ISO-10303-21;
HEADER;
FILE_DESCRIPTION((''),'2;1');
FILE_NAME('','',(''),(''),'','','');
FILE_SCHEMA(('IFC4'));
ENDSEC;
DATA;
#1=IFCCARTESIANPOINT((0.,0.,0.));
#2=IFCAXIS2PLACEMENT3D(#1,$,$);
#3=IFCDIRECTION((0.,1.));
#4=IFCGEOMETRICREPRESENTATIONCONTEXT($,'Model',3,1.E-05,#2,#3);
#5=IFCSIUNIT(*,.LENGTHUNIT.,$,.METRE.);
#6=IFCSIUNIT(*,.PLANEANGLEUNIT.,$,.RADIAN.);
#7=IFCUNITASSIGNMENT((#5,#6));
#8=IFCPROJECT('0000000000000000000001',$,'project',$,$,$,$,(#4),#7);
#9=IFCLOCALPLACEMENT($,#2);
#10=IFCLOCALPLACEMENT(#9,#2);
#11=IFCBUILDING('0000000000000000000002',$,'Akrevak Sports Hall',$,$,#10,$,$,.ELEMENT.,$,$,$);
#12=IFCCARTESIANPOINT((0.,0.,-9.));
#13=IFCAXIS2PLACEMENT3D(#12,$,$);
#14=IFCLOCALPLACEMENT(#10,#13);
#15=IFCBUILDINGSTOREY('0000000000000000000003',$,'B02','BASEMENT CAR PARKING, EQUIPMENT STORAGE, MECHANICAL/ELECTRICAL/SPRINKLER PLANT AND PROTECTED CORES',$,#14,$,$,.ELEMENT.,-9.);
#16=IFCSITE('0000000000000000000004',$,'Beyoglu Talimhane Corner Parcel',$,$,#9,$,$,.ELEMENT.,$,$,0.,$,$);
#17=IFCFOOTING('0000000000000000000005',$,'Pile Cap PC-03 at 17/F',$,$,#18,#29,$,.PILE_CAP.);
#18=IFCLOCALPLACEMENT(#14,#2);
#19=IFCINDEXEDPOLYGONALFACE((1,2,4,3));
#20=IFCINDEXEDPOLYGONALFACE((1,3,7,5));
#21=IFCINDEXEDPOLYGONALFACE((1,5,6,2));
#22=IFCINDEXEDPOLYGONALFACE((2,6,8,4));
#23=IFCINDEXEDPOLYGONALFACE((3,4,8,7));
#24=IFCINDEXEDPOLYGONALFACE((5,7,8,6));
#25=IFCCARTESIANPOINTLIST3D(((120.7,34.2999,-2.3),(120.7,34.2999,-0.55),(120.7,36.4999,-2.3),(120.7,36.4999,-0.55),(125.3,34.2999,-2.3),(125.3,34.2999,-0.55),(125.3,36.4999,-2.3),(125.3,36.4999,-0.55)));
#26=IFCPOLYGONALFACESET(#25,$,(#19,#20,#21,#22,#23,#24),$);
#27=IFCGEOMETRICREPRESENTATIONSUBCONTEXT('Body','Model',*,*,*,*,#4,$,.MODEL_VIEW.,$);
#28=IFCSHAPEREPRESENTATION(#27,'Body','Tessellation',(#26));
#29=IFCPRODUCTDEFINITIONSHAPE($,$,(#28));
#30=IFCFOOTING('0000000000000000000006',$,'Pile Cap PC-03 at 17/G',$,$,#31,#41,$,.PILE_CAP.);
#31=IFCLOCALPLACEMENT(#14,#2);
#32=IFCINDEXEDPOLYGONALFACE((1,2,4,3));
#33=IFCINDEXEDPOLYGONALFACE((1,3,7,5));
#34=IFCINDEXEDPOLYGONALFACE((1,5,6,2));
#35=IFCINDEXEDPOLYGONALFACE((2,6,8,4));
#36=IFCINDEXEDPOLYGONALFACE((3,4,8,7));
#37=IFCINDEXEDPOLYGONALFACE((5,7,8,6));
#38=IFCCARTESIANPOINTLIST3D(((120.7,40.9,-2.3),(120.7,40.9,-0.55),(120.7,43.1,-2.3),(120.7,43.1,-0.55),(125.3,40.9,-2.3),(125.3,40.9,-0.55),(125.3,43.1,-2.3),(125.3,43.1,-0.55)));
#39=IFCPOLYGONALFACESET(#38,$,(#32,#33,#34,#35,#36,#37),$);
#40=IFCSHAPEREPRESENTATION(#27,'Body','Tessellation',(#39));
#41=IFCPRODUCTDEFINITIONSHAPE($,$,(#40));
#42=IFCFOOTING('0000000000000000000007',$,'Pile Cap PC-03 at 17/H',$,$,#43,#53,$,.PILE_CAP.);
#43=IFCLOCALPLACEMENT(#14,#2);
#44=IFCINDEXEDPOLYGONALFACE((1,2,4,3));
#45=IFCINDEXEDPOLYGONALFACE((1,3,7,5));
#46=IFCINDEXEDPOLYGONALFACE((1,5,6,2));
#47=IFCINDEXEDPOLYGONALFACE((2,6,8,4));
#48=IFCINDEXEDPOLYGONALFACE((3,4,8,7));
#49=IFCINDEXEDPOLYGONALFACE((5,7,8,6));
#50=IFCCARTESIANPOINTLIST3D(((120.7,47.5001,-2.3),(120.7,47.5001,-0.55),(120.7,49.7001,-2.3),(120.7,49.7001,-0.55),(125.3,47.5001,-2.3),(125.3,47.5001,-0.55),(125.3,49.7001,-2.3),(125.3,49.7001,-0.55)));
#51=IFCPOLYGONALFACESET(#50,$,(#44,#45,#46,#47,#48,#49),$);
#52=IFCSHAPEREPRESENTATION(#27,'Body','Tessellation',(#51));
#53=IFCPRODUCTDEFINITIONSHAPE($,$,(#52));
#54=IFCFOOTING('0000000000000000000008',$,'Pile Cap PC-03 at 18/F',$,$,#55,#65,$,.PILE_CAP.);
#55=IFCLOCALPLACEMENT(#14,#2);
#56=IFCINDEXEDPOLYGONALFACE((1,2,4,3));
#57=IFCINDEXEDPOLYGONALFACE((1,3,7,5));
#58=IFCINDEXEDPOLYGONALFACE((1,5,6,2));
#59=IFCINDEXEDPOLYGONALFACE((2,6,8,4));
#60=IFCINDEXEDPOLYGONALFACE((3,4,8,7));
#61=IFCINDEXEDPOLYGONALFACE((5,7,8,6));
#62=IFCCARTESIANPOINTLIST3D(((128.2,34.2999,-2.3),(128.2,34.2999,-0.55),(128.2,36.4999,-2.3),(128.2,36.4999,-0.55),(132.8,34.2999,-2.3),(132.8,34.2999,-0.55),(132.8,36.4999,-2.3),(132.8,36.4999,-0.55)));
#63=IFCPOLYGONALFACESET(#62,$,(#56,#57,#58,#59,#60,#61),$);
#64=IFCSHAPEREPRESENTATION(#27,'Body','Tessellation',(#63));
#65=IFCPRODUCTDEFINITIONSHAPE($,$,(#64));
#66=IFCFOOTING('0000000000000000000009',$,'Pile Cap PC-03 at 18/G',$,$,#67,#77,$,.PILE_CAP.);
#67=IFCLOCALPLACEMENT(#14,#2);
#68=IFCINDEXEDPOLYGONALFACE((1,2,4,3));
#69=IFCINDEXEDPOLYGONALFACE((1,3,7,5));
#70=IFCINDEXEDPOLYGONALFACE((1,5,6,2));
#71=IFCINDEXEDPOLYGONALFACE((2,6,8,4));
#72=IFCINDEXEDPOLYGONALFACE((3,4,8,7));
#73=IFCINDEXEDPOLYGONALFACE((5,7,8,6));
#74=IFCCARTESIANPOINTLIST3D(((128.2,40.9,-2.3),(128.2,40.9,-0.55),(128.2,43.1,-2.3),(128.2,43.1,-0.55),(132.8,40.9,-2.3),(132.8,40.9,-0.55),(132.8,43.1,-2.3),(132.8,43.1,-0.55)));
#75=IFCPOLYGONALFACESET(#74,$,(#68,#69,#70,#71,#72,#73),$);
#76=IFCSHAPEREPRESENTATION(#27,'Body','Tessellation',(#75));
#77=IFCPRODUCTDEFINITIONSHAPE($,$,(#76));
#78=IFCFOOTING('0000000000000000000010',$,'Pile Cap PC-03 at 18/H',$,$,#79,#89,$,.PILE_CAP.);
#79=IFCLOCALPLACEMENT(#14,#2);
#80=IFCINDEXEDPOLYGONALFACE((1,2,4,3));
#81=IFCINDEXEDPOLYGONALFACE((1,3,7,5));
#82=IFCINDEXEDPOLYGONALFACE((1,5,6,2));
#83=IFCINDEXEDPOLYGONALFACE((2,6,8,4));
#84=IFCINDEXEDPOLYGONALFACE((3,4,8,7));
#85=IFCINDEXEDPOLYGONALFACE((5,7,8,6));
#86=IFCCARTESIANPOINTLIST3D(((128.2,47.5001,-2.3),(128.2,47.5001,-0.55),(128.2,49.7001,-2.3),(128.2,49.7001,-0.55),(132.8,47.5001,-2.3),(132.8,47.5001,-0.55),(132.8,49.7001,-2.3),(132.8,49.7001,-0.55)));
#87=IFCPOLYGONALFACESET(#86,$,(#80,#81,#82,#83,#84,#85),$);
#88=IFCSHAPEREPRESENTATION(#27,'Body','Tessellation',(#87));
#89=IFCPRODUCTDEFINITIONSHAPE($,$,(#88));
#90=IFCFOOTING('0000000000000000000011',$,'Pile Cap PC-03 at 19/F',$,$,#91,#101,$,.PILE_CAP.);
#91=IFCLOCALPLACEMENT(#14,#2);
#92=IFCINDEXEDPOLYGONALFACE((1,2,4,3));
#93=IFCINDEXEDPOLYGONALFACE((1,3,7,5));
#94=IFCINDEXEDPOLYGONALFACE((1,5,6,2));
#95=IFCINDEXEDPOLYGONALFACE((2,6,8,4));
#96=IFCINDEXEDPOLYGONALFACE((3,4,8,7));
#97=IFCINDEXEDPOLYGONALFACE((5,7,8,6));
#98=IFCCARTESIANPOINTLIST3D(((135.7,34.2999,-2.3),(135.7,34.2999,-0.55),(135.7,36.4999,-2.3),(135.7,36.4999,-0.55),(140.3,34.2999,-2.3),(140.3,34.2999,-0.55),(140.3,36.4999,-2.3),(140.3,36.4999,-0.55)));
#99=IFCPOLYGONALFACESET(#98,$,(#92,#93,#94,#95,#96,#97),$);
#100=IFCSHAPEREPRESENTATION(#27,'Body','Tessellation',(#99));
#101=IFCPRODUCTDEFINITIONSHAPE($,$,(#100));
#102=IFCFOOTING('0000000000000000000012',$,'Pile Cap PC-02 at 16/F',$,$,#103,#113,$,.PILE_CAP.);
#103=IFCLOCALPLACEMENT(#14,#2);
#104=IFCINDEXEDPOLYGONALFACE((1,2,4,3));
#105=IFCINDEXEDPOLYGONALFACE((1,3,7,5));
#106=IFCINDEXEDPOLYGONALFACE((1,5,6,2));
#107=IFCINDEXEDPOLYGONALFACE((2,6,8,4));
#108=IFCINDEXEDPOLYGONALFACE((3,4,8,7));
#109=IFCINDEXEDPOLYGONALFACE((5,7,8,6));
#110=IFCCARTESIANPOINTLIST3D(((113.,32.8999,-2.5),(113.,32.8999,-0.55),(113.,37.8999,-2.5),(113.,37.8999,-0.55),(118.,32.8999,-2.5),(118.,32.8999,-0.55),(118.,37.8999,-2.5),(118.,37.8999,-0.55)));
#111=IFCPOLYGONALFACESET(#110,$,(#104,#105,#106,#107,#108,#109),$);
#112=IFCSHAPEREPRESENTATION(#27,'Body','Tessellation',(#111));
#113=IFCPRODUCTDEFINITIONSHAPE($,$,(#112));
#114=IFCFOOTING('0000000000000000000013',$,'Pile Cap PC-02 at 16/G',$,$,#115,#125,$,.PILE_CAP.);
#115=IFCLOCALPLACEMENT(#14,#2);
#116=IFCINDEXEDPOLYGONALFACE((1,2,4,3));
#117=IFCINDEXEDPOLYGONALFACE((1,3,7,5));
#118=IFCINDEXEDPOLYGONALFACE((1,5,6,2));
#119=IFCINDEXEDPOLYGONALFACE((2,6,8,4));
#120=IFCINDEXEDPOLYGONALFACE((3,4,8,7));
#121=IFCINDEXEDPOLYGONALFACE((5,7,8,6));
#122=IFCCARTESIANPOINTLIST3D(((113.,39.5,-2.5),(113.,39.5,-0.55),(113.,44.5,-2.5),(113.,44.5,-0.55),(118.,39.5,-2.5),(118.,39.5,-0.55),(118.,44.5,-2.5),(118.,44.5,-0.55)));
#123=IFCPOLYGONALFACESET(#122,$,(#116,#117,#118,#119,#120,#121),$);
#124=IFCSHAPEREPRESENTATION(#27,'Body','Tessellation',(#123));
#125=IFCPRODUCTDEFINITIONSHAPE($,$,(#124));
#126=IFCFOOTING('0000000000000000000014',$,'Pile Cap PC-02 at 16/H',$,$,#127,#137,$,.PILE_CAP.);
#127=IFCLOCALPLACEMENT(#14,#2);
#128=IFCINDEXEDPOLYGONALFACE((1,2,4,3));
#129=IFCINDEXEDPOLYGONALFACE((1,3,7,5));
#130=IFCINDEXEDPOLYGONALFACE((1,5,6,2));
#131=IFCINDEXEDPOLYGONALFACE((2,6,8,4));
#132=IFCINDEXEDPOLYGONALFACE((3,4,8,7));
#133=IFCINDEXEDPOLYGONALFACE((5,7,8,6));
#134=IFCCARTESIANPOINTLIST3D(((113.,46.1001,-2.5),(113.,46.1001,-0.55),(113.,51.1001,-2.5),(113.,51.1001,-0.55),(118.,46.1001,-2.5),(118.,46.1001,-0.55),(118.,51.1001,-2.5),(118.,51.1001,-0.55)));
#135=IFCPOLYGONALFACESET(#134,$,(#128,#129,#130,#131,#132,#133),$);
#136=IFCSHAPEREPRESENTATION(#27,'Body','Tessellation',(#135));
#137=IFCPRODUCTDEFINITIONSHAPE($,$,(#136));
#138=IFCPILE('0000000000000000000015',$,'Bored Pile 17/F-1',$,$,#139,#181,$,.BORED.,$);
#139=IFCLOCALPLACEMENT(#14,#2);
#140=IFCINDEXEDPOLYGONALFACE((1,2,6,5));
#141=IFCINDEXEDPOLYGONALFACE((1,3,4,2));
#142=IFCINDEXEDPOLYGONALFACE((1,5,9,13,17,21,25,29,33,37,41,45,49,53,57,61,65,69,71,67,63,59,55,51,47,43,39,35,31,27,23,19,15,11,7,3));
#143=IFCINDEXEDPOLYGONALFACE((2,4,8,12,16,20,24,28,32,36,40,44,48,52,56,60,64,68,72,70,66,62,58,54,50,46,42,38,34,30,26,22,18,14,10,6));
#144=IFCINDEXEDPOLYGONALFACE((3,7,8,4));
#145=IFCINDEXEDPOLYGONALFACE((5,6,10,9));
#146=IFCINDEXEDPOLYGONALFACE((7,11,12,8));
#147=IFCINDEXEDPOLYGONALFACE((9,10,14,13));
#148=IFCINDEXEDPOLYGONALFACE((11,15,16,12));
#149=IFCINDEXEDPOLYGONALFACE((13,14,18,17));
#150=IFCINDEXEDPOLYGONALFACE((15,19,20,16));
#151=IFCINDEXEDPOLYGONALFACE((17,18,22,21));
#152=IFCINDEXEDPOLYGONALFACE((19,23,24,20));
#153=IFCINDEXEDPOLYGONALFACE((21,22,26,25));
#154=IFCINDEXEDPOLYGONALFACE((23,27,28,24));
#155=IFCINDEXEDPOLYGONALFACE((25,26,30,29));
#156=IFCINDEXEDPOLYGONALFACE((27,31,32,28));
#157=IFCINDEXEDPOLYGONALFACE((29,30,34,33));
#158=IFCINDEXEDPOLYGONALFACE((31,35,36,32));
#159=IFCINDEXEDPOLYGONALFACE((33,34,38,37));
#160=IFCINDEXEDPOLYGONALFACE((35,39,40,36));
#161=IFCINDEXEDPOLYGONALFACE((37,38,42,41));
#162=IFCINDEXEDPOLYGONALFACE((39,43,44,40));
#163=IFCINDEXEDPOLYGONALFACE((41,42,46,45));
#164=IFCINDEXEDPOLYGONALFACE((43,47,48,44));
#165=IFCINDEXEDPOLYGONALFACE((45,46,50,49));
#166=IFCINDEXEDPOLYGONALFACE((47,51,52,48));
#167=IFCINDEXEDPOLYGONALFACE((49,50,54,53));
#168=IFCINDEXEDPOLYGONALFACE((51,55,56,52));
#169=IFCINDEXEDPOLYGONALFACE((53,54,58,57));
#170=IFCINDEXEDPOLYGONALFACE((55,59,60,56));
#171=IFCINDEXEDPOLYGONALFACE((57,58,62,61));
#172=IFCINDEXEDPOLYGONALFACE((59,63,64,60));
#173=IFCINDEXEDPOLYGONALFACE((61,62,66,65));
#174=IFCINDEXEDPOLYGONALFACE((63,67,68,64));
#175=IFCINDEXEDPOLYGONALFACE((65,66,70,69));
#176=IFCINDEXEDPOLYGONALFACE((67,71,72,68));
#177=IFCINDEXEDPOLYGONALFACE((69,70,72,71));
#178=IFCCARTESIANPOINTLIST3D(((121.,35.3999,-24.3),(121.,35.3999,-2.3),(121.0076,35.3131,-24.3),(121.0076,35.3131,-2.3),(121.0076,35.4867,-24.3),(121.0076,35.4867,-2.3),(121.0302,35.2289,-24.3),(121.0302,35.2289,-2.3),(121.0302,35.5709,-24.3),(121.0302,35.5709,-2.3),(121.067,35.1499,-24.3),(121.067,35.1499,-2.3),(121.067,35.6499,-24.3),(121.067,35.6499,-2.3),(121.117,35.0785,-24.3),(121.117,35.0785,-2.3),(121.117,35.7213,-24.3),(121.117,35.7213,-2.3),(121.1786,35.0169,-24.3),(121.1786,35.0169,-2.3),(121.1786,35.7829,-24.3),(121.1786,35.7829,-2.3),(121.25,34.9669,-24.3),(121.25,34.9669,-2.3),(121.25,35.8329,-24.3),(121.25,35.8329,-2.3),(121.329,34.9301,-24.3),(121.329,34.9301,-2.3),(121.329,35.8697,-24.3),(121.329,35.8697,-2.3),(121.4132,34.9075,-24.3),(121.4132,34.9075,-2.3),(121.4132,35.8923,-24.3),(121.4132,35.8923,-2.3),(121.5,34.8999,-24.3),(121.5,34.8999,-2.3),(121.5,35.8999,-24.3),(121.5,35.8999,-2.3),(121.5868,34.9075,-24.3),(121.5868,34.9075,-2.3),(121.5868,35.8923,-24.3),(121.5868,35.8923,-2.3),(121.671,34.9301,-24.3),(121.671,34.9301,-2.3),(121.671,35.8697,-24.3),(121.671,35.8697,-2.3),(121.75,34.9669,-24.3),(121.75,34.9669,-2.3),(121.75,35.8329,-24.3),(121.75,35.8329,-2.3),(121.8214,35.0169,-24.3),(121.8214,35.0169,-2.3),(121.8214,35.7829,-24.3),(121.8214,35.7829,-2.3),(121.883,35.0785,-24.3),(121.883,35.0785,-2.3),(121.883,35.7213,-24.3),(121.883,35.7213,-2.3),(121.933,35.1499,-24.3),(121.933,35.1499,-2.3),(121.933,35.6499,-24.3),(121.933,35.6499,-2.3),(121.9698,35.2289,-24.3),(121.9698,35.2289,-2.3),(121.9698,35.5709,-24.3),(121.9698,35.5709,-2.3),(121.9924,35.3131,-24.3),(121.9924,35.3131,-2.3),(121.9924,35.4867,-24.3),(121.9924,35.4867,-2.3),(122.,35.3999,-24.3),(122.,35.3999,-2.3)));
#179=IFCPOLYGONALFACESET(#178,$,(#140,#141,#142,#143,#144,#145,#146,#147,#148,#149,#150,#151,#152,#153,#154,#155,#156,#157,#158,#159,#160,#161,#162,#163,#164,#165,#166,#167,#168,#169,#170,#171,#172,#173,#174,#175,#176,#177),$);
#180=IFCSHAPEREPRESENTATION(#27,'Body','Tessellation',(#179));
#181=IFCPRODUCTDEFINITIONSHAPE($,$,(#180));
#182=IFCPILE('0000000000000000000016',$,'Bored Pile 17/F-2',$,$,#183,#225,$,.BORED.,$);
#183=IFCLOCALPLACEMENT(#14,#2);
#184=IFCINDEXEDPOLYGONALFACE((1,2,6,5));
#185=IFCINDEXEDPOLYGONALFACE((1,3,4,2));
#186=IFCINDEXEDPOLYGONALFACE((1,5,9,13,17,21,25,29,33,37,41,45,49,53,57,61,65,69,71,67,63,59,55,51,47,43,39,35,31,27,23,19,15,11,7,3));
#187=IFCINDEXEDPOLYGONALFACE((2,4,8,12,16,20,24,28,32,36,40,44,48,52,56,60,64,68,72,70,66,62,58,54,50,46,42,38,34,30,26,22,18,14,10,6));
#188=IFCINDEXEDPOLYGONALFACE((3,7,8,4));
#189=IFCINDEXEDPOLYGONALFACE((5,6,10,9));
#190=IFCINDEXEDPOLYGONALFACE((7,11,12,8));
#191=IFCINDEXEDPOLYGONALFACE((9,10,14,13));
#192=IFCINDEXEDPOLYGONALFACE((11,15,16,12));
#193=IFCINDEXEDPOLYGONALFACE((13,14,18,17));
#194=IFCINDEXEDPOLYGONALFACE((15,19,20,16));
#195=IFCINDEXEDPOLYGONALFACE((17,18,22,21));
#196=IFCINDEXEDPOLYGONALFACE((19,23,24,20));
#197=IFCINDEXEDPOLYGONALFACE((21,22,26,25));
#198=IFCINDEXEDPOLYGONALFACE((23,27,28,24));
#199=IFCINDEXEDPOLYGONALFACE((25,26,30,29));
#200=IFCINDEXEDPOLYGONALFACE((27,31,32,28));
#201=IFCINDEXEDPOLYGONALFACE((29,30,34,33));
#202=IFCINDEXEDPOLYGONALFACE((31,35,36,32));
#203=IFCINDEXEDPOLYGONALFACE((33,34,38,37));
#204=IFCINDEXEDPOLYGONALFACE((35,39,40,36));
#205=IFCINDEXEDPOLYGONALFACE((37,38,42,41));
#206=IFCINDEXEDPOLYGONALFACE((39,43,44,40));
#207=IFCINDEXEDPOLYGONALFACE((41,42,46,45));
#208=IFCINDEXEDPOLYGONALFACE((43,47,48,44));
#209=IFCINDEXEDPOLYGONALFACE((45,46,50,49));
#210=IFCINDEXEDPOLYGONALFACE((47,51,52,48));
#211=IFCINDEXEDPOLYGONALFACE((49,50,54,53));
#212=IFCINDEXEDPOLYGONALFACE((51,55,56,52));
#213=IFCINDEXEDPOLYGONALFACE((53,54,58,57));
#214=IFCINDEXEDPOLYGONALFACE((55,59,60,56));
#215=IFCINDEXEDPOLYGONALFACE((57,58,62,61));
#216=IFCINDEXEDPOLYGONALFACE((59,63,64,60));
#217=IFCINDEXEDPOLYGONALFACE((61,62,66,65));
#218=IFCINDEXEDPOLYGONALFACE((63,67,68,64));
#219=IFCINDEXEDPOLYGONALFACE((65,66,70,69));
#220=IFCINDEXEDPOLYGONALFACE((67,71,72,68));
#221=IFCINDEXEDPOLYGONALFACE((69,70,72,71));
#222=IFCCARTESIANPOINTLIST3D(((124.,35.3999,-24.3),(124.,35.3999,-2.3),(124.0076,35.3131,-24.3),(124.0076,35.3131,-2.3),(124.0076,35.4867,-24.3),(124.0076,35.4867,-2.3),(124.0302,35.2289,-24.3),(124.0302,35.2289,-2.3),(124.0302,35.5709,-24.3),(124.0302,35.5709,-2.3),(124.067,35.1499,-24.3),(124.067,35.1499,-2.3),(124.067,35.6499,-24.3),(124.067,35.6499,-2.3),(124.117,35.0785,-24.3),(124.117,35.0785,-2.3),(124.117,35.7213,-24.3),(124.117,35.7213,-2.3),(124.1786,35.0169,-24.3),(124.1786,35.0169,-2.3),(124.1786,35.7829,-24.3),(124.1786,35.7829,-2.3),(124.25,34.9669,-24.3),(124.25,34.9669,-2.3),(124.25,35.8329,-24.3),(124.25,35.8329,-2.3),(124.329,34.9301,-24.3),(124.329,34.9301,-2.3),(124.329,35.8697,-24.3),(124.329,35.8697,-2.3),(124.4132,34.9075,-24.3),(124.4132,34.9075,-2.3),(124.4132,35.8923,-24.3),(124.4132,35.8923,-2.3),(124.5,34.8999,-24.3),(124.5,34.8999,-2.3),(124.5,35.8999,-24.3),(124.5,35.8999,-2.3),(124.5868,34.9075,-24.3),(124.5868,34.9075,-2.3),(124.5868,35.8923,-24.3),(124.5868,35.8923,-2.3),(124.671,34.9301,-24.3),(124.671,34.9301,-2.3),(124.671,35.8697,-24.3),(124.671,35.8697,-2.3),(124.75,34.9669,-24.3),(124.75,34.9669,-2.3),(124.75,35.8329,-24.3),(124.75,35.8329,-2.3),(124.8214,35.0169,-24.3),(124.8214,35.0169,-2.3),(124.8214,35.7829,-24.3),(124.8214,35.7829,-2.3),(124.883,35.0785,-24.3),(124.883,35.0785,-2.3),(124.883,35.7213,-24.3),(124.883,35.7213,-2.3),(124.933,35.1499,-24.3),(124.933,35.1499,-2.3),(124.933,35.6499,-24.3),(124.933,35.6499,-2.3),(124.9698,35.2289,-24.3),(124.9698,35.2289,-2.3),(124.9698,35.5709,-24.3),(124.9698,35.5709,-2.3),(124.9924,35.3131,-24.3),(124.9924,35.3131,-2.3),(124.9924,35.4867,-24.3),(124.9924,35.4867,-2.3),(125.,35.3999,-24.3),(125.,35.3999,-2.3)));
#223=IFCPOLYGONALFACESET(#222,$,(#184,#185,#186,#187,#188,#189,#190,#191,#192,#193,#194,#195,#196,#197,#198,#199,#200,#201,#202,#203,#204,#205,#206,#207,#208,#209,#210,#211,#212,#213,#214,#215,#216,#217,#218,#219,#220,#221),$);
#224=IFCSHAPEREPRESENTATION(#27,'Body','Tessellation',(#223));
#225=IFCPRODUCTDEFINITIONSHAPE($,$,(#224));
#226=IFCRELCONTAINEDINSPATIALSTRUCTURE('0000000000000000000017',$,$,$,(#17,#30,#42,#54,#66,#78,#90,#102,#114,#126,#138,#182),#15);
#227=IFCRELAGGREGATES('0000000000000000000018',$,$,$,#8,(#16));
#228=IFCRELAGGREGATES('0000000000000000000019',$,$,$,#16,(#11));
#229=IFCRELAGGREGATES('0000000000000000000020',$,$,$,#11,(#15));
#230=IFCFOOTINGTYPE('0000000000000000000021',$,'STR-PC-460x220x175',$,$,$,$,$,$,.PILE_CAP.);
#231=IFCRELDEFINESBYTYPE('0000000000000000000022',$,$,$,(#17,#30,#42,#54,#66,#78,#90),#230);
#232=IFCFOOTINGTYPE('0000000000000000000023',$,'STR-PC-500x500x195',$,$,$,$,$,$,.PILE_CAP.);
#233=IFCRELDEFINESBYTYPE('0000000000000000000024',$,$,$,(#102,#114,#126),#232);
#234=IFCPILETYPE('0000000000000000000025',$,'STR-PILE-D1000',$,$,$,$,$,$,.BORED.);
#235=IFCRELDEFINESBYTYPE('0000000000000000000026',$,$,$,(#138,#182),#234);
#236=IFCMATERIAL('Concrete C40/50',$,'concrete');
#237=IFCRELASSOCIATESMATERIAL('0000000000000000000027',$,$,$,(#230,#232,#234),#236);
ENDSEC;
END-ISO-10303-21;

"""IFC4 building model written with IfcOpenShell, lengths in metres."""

from ifc_helpers import new_model, si_unit, direction, frame, origin, origin_2d, place, context, subcontext, project, spatial, rectangle, circle, extrude, material, material_profile, profile_set, type_object, element, save


model = new_model("IFC4")

# Units and contexts
model_context = context("Model", 3, precision=1e-05, world=origin(), true_north=direction((0.0, 1.0)))
body_context = subcontext(model_context, "Body", "Model", "MODEL_VIEW")
ifc_project = project(units=[si_unit("LENGTHUNIT", "METRE"), si_unit("PLANEANGLEUNIT", "RADIAN")], contexts=[model_context])

# Site, building, storey
site_placement = place(None, origin())
site = spatial("IfcSite", under=ifc_project, at=site_placement, Name="Beyoglu Talimhane Corner Parcel", CompositionType="ELEMENT", RefElevation=0.0)
building_placement = place(site_placement, origin())
building = spatial("IfcBuilding", under=site, at=building_placement, Name="Akrevak Sports Hall", CompositionType="ELEMENT")
storey_placement = place(building_placement, frame((0.0, 0.0, -9.0)))
storey = spatial("IfcBuildingStorey", under=building, at=storey_placement, Name="B02", Description="BASEMENT CAR PARKING, EQUIPMENT STORAGE, MECHANICAL/ELECTRICAL/SPRINKLER PLANT AND PROTECTED CORES", CompositionType="ELEMENT", Elevation=-9.0)

# Footings
ifc_material_1 = material(Name="Concrete C40/50", Category="concrete")
footing_type_1 = type_object("IfcFootingType", Name="STR-PC-460x220x175", PredefinedType="PILE_CAP", material=ifc_material_1)
for number, where, z_axis, x_axis, name in (
    (1, (123.0, 35.3999, -2.3), (0.0, 0.0, 1.0), (1.0, 0.0, 0.0), "Pile Cap PC-03 at 17/F"),
    (2, (123.0, 42.0, -2.3), (0.0, 0.0, 1.0), (1.0, 0.0, 0.0), "Pile Cap PC-03 at 17/G"),
    (3, (123.0, 48.6001, -2.3), (0.0, 0.0, 1.0), (1.0, 0.0, 0.0), "Pile Cap PC-03 at 17/H"),
    (4, (130.5, 35.3999, -2.3), (0.0, 0.0, 1.0), (1.0, 0.0, 0.0), "Pile Cap PC-03 at 18/F"),
    (5, (130.5, 42.0, -2.3), (0.0, 0.0, 1.0), (1.0, 0.0, 0.0), "Pile Cap PC-03 at 18/G"),
    (6, (130.5, 48.6001, -2.3), (0.0, 0.0, 1.0), (1.0, 0.0, 0.0), "Pile Cap PC-03 at 18/H"),
    (7, (138.0, 35.3999, -2.3), (0.0, 0.0, 1.0), (1.0, 0.0, 0.0), "Pile Cap PC-03 at 19/F"),
):
    element("IfcFooting", number, at=place(storey_placement, frame(where, z_axis=z_axis, x_axis=x_axis)), inside=storey, type_object=footing_type_1, Name=name, PredefinedType="PILE_CAP", context=body_context, shape_type="SweptSolid", body=[
        extrude(rectangle(XDim=4.6001, YDim=2.2, at=origin_2d()), origin(), (0.0, 0.0, 1.0), 1.75),
    ])
footing_type_2 = type_object("IfcFootingType", Name="STR-PC-500x500x195", PredefinedType="PILE_CAP", material=ifc_material_1)
for number, where, z_axis, x_axis, name in (
    (8, (115.5, 35.3999, -2.5), (0.0, 0.0, 1.0), (1.0, 0.0, 0.0), "Pile Cap PC-02 at 16/F"),
    (9, (115.5, 42.0, -2.5), (0.0, 0.0, 1.0), (1.0, 0.0, 0.0), "Pile Cap PC-02 at 16/G"),
    (10, (115.5, 48.6001, -2.5), (0.0, 0.0, 1.0), (1.0, 0.0, 0.0), "Pile Cap PC-02 at 16/H"),
):
    element("IfcFooting", number, at=place(storey_placement, frame(where, z_axis=z_axis, x_axis=x_axis)), inside=storey, type_object=footing_type_2, Name=name, PredefinedType="PILE_CAP", context=body_context, shape_type="SweptSolid", body=[
        extrude(rectangle(XDim=5.0, YDim=5.0, at=origin_2d()), origin(), (0.0, 0.0, 1.0), 1.95),
    ])

# Piles
ifc_material_profile_1 = material_profile(ifc_material_1, circle(Radius=0.5, at=origin_2d()), Name="BORED PILE D1000", Category="concrete")
ifc_profile_set_1 = profile_set([ifc_material_profile_1], Name="Concrete C40/50")
pile_type_1 = type_object("IfcPileType", Name="STR-PILE-D1000", PredefinedType="BORED", material=ifc_profile_set_1)
for number, where, z_axis, x_axis, name in (
    (11, (121.5, 35.3999, -2.3), (0.0, 0.0, -1.0), (1.0, 0.0, 0.0), "Bored Pile 17/F-1"),
    (12, (124.5, 35.3999, -2.3), (0.0, 0.0, -1.0), (1.0, 0.0, 0.0), "Bored Pile 17/F-2"),
):
    element("IfcPile", number, at=place(storey_placement, frame(where, z_axis=z_axis, x_axis=x_axis)), inside=storey, type_object=pile_type_1, Name=name, PredefinedType="BORED", context=body_context, shape_type="SweptSolid", body=[
        extrude(circle(Radius=0.5, at=origin_2d()), origin(), (0.0, 0.0, 1.0), 22.0),
    ])

save(model, "model.ifc")
